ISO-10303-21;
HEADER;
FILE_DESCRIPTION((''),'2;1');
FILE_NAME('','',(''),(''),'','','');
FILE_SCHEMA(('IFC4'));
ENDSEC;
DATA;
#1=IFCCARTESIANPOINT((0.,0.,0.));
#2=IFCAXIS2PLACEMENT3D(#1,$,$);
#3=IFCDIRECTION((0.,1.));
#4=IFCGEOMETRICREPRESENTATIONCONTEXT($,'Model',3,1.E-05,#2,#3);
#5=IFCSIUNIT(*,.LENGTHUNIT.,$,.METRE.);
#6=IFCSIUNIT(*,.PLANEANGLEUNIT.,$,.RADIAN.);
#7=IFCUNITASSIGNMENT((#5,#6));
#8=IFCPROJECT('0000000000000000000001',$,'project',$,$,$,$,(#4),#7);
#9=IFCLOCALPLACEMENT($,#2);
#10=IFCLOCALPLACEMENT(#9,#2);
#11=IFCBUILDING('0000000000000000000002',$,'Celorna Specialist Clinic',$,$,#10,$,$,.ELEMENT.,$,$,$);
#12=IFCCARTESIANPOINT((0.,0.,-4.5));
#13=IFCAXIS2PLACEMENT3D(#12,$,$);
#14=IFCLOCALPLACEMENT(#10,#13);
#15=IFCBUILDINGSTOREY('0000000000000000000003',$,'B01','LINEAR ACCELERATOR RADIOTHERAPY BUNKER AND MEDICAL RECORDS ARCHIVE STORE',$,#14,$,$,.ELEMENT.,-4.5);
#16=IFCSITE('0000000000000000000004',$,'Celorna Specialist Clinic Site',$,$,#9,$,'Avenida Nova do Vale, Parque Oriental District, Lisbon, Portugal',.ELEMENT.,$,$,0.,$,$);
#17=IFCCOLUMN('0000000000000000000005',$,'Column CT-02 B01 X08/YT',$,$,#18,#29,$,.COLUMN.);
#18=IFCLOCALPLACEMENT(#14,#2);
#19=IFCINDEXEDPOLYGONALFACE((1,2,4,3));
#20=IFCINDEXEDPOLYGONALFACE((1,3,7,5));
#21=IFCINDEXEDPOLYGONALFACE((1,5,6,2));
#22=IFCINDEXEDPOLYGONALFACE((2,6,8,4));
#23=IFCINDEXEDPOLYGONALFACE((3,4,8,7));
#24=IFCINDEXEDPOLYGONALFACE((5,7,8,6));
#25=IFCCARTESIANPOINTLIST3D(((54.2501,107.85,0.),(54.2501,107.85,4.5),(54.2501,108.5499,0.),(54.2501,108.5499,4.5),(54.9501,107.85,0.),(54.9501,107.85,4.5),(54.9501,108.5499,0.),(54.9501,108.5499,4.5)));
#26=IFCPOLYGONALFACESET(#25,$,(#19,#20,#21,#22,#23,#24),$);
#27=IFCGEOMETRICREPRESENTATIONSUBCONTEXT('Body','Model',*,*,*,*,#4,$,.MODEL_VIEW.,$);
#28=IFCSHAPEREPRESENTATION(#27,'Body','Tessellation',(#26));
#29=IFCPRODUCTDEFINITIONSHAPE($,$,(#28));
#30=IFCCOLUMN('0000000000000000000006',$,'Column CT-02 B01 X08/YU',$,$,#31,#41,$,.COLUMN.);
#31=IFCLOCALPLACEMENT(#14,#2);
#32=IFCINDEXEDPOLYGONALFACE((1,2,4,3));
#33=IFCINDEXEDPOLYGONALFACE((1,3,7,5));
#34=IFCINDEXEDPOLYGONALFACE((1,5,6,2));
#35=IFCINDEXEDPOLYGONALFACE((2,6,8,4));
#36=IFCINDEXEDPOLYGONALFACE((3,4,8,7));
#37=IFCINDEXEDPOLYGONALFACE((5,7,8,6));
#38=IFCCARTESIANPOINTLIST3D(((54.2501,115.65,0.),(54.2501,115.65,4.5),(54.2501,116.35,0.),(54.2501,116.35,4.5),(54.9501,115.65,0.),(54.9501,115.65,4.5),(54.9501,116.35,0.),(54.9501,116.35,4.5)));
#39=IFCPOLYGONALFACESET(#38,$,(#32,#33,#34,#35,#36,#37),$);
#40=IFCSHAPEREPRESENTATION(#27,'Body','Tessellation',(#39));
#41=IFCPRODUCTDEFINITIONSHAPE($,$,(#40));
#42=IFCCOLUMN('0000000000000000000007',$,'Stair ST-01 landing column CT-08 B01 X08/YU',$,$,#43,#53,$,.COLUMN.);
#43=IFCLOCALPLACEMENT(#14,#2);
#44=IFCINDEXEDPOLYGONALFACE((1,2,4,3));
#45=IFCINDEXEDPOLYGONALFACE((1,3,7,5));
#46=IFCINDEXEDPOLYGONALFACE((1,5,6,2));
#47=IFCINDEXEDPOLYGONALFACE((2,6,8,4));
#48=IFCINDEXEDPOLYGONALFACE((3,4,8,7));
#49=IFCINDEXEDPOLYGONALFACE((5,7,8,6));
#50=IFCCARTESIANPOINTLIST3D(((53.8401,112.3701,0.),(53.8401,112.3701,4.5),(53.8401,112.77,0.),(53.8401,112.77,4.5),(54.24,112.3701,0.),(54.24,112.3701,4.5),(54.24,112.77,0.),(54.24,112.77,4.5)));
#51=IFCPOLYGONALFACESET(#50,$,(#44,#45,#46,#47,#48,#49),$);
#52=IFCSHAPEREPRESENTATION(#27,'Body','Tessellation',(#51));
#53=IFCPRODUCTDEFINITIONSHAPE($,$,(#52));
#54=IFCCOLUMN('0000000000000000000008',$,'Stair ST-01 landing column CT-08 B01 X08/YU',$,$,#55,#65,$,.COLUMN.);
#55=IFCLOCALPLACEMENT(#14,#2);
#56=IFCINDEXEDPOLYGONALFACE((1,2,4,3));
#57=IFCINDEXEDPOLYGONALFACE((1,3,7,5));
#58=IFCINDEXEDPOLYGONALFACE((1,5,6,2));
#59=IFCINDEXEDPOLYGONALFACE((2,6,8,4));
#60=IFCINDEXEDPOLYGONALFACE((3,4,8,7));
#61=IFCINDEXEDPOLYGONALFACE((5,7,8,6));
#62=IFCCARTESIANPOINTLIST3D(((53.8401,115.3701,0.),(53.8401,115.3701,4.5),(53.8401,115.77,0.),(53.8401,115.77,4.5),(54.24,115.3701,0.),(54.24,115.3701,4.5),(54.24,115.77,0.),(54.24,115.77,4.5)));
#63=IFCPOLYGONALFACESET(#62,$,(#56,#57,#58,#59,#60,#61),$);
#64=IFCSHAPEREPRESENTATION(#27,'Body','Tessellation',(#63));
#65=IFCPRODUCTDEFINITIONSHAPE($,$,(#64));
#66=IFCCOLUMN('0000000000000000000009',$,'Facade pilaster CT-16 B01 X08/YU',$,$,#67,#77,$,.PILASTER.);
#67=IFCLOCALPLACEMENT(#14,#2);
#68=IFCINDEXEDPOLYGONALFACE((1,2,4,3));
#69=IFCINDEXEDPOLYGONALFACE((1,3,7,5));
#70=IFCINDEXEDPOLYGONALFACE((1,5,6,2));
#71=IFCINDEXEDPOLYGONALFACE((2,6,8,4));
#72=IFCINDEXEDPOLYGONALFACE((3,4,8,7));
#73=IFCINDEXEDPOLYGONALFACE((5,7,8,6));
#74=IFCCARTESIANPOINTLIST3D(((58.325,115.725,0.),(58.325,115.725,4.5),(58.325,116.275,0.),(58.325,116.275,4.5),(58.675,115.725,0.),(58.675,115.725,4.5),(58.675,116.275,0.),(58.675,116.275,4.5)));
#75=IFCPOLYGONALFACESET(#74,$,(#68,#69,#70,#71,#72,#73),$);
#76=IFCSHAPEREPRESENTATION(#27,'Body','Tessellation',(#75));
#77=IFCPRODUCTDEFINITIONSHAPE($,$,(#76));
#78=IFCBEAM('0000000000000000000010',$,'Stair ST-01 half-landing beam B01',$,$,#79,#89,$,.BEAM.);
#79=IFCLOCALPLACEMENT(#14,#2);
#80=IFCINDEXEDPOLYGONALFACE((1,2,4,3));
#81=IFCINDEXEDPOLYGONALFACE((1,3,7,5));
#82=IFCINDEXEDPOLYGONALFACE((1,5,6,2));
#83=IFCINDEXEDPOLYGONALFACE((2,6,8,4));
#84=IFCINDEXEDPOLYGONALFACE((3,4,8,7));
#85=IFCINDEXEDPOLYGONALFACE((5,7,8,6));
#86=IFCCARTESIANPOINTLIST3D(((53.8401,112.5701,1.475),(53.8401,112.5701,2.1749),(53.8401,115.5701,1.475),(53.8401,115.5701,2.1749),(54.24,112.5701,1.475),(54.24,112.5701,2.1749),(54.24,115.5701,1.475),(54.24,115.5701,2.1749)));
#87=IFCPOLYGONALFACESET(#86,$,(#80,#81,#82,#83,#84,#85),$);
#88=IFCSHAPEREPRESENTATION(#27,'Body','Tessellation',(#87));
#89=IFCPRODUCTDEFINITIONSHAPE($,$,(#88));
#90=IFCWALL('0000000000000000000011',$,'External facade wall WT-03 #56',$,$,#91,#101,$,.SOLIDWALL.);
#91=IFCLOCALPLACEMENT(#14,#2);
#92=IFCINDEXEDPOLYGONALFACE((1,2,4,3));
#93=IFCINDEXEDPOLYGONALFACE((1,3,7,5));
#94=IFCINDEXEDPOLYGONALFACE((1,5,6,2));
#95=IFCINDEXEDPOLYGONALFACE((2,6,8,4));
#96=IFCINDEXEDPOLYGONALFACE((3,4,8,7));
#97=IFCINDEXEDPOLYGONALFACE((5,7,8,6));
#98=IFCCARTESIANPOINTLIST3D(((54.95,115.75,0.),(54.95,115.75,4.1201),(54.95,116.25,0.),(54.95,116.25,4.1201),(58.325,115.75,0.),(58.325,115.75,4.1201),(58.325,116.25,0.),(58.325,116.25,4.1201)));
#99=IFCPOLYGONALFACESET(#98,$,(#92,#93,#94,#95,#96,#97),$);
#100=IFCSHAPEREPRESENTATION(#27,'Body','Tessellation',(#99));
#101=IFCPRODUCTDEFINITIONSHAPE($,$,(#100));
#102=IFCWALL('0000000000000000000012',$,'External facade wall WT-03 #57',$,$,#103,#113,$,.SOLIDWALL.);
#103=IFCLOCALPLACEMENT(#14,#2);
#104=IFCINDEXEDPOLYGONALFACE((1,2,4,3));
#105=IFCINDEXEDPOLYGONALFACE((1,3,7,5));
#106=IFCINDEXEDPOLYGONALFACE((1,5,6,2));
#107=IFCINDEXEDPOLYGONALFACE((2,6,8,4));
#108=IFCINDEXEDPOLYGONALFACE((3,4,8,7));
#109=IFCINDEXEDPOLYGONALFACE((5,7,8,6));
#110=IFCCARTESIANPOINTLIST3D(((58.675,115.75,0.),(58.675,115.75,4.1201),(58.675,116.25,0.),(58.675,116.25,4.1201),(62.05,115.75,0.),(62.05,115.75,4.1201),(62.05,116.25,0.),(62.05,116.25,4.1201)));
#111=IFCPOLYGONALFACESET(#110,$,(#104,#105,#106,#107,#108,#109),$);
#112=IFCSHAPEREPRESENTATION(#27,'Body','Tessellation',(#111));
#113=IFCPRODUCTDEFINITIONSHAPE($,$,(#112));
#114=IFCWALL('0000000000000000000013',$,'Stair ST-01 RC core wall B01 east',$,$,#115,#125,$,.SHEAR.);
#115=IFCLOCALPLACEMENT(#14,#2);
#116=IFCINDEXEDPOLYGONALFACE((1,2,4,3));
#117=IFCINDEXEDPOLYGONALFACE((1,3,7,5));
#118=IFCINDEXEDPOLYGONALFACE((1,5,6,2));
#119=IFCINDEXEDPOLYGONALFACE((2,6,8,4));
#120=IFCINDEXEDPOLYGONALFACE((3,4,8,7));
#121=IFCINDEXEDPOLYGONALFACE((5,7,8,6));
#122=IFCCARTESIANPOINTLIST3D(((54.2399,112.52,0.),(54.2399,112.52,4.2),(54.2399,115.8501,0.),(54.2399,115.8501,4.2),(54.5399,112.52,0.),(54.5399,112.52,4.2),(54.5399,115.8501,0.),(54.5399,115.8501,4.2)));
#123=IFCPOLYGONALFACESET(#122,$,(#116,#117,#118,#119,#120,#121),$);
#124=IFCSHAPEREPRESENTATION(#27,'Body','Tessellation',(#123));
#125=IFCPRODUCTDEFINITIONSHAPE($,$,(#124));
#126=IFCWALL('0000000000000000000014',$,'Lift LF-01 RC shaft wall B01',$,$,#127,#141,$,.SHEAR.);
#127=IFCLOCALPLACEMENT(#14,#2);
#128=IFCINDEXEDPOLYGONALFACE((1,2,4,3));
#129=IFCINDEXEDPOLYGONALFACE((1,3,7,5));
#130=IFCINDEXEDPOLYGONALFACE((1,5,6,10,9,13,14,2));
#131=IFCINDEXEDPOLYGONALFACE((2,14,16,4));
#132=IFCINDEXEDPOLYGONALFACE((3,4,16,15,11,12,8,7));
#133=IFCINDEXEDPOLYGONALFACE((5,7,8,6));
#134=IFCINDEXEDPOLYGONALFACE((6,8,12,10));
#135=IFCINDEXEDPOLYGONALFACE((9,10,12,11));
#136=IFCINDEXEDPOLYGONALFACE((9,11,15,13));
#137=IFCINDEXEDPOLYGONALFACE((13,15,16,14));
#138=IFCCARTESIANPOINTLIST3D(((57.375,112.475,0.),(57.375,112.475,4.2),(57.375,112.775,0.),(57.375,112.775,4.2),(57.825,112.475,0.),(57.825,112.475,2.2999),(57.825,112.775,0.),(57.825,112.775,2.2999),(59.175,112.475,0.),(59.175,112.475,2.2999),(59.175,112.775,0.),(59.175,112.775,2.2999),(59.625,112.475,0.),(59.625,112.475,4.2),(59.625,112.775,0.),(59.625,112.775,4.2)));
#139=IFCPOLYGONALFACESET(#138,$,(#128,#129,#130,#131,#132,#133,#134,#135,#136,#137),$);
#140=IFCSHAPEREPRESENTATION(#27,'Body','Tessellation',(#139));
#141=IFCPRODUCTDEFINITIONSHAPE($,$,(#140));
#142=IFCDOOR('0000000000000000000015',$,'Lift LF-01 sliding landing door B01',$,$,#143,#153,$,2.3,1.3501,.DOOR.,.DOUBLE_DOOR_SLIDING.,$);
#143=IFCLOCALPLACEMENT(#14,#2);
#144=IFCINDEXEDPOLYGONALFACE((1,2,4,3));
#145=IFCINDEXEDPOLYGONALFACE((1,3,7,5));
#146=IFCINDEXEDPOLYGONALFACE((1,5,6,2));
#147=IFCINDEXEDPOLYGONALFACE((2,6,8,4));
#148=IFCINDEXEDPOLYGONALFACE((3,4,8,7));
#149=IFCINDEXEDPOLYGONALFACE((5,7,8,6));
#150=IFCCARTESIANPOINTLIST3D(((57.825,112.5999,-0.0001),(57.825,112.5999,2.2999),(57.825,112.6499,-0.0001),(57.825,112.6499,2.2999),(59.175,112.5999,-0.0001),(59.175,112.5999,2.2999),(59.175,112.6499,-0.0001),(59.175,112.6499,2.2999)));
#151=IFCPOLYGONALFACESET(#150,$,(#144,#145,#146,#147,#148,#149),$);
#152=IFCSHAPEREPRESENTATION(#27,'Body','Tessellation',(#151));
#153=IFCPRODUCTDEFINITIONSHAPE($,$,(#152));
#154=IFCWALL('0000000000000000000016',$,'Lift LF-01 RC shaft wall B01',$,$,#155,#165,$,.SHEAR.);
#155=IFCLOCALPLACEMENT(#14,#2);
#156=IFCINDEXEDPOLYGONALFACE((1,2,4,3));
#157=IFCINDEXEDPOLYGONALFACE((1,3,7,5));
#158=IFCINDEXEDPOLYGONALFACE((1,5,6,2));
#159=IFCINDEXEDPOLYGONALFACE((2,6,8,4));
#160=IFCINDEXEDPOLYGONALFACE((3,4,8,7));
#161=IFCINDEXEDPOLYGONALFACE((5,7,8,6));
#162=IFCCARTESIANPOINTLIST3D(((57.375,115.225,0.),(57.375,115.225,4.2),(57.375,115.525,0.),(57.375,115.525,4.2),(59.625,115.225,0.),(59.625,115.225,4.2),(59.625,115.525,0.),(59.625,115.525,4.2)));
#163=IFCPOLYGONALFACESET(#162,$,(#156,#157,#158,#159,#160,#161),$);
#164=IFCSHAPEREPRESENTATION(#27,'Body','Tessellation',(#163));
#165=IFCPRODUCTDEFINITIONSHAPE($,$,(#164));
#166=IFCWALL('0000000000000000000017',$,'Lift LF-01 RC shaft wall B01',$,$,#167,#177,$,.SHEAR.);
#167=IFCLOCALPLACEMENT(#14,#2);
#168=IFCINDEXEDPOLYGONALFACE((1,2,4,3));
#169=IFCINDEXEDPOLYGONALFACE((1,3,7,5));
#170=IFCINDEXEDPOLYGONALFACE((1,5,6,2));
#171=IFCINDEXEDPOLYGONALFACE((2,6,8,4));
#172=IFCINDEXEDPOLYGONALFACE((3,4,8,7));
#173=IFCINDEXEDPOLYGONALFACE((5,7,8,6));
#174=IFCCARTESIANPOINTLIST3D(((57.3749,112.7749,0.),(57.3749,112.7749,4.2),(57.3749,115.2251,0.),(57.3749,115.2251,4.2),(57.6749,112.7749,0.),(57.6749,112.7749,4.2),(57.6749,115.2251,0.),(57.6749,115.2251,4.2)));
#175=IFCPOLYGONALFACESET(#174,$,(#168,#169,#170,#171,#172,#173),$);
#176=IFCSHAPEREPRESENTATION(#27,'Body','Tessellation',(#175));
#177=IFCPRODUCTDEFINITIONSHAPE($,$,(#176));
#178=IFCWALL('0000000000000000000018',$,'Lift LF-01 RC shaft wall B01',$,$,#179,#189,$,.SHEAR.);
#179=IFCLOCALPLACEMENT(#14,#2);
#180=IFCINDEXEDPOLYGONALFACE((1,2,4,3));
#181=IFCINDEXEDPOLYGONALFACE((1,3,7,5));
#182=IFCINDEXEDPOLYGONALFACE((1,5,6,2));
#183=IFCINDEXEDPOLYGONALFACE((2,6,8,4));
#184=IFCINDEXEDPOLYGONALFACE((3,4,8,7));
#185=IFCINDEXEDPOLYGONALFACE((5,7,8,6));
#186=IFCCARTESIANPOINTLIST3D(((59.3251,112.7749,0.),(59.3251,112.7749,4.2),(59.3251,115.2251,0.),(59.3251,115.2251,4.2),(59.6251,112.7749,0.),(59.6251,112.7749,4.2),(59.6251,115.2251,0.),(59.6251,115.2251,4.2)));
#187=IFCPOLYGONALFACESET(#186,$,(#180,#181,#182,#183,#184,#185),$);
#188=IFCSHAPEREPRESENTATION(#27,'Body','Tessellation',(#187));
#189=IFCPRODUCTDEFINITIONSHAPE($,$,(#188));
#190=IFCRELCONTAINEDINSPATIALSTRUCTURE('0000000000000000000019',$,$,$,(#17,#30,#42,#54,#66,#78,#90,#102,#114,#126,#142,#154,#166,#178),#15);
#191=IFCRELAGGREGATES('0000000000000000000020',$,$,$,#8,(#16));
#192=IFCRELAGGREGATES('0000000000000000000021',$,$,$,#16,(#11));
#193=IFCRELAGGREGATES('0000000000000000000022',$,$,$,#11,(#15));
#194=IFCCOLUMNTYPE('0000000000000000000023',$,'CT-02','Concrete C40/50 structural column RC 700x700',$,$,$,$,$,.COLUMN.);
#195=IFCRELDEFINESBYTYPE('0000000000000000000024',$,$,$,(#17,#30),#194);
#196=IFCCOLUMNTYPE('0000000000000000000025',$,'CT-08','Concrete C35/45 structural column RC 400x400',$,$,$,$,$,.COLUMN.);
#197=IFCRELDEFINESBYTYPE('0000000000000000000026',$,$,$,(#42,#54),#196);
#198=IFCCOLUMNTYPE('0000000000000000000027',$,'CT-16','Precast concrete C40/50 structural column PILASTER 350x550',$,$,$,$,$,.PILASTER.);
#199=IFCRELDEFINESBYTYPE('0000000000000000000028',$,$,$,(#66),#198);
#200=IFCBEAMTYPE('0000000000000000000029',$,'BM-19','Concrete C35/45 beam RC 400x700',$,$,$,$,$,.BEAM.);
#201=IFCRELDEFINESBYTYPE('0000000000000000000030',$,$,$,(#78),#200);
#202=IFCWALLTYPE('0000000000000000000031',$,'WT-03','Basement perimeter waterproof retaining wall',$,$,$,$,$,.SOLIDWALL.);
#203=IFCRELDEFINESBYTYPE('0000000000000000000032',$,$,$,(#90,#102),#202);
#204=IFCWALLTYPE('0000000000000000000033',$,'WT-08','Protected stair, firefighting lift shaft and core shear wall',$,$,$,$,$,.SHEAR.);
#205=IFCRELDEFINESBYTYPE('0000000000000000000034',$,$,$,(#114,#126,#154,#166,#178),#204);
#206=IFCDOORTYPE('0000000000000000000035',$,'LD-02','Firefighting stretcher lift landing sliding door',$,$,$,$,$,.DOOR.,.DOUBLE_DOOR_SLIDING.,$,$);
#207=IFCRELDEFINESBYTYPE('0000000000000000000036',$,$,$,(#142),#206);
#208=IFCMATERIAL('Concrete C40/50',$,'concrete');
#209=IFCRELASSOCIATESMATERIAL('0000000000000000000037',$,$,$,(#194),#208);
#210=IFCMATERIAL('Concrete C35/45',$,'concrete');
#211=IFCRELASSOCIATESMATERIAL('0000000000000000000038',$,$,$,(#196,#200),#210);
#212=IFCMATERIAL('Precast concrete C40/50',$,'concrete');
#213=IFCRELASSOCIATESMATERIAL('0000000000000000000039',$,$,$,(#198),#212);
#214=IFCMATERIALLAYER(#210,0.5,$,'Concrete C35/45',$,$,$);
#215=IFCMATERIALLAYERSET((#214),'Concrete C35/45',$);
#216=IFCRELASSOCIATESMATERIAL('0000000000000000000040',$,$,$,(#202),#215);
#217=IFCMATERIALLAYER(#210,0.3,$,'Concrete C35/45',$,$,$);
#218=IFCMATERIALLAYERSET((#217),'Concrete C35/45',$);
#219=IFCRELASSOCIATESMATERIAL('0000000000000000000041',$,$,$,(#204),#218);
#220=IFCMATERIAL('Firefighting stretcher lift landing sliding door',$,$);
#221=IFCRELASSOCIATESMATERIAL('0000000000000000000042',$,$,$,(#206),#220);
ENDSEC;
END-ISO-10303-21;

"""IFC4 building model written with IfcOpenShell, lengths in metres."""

from ifc_helpers import new_model, si_unit, direction, frame, frame_2d, origin, origin_2d, place, context, subcontext, project, spatial, rectangle, extrude, material, layer, layer_set, material_profile, profile_set, type_object, element, fill, save


model = new_model("IFC4")

# Units and contexts
model_context = context("Model", 3, precision=1e-05, world=origin(), true_north=direction((0.0, 1.0)))
body_context = subcontext(model_context, "Body", "Model", "MODEL_VIEW")
ifc_project = project(units=[si_unit("LENGTHUNIT", "METRE"), si_unit("PLANEANGLEUNIT", "RADIAN")], contexts=[model_context])

# Site, building, storey
site_placement = place(None, origin())
site = spatial("IfcSite", under=ifc_project, at=site_placement, Name="Celorna Specialist Clinic Site", LongName="Avenida Nova do Vale, Parque Oriental District, Lisbon, Portugal", CompositionType="ELEMENT", RefElevation=0.0)
building_placement = place(site_placement, origin())
building = spatial("IfcBuilding", under=site, at=building_placement, Name="Celorna Specialist Clinic", CompositionType="ELEMENT")
storey_placement = place(building_placement, frame((0.0, 0.0, -4.5)))
storey = spatial("IfcBuildingStorey", under=building, at=storey_placement, Name="B01", Description="LINEAR ACCELERATOR RADIOTHERAPY BUNKER AND MEDICAL RECORDS ARCHIVE STORE", CompositionType="ELEMENT", Elevation=-4.5)

# Shared definitions
ifc_material_1 = material(Name="Concrete C35/45", Category="concrete")

# Columns
ifc_material_2 = material(Name="Concrete C40/50", Category="concrete")
ifc_material_profile_1 = material_profile(ifc_material_2, rectangle(XDim=0.7, YDim=0.7, at=origin_2d()), Name="RC 700x700")
ifc_profile_set_1 = profile_set([ifc_material_profile_1], Name="Concrete C40/50")
column_type_1 = type_object("IfcColumnType", Name="CT-02", Description="Concrete C40/50 structural column RC 700x700", PredefinedType="COLUMN", material=ifc_profile_set_1)
for number, where, z_axis, x_axis, name in (
    (1, (54.6001, 108.2, 0.0), (0.0, 0.0, 1.0), (1.0, 0.0, 0.0), "Column CT-02 B01 X08/YT"),
    (2, (54.6001, 116.0, 0.0), (0.0, 0.0, 1.0), (1.0, 0.0, 0.0), "Column CT-02 B01 X08/YU"),
):
    element("IfcColumn", number, at=place(storey_placement, frame(where, z_axis=z_axis, x_axis=x_axis)), inside=storey, type_object=column_type_1, Name=name, PredefinedType="COLUMN", context=body_context, shape_type="SweptSolid", body=[
        extrude(rectangle(XDim=0.7, YDim=0.7, at=origin_2d()), origin(), (0.0, 0.0, 1.0), 4.5),
    ])
ifc_material_profile_2 = material_profile(ifc_material_1, rectangle(XDim=0.3999, YDim=0.3999, at=origin_2d()), Name="RC 400x400")
ifc_profile_set_2 = profile_set([ifc_material_profile_2], Name="Concrete C35/45")
column_type_2 = type_object("IfcColumnType", Name="CT-08", Description="Concrete C35/45 structural column RC 400x400", PredefinedType="COLUMN", material=ifc_profile_set_2)
for number, where, z_axis, x_axis, name in (
    (3, (54.04, 112.5701, 0.0), (0.0, 0.0, 1.0), (1.0, 0.0, 0.0), "Stair ST-01 landing column CT-08 B01 X08/YU"),
    (4, (54.04, 115.5701, 0.0), (0.0, 0.0, 1.0), (1.0, 0.0, 0.0), "Stair ST-01 landing column CT-08 B01 X08/YU"),
):
    element("IfcColumn", number, at=place(storey_placement, frame(where, z_axis=z_axis, x_axis=x_axis)), inside=storey, type_object=column_type_2, Name=name, PredefinedType="COLUMN", context=body_context, shape_type="SweptSolid", body=[
        extrude(rectangle(XDim=0.3999, YDim=0.3999, at=origin_2d()), origin(), (0.0, 0.0, 1.0), 4.5),
    ])
ifc_material_3 = material(Name="Precast concrete C40/50", Category="concrete")
ifc_material_profile_3 = material_profile(ifc_material_3, rectangle(XDim=0.3501, YDim=0.55, at=origin_2d()), Name="PILASTER 350x550")
ifc_profile_set_3 = profile_set([ifc_material_profile_3], Name="Precast concrete C40/50")
column_type_3 = type_object("IfcColumnType", Name="CT-16", Description="Precast concrete C40/50 structural column PILASTER 350x550", PredefinedType="PILASTER", material=ifc_profile_set_3)
column_placement = place(storey_placement, frame((58.5, 116.0, 0.0), z_axis=(0.0, 0.0, 1.0), x_axis=(1.0, 0.0, 0.0)))
element("IfcColumn", 5, at=column_placement, inside=storey, type_object=column_type_3, Name="Facade pilaster CT-16 B01 X08/YU", PredefinedType="PILASTER", context=body_context, shape_type="SweptSolid", body=[
    extrude(rectangle(XDim=0.3501, YDim=0.55, at=origin_2d()), origin(), (0.0, 0.0, 1.0), 4.5),
])

# Beam
ifc_material_profile_4 = material_profile(ifc_material_1, rectangle(XDim=0.3999, YDim=0.7, at=origin_2d()), Name="RC 400x700")
ifc_profile_set_4 = profile_set([ifc_material_profile_4], Name="Concrete C35/45")
beam_type = type_object("IfcBeamType", Name="BM-19", Description="Concrete C35/45 beam RC 400x700", PredefinedType="BEAM", material=ifc_profile_set_4)
beam_placement = place(storey_placement, frame((54.04, 112.5701, 1.825), z_axis=(0.0, 1.0, 0.0), x_axis=(-1.0, 0.0, 0.0)))
element("IfcBeam", 6, at=beam_placement, inside=storey, type_object=beam_type, Name="Stair ST-01 half-landing beam B01", PredefinedType="BEAM", context=body_context, shape_type="SweptSolid", body=[
    extrude(rectangle(XDim=0.3999, YDim=0.7, at=origin_2d()), origin(), (0.0, 0.0, 1.0), 3.0),
])

# Walls
ifc_layer_1 = layer(ifc_material_1, 0.5, Name="Concrete C35/45")
ifc_layer_set_1 = layer_set([ifc_layer_1], Name="Concrete C35/45")
wall_type_1 = type_object("IfcWallType", Name="WT-03", Description="Basement perimeter waterproof retaining wall", PredefinedType="SOLIDWALL", material=ifc_layer_set_1)
for number, where, z_axis, x_axis, name in (
    (7, (54.95, 116.0, 0.0), (0.0, 0.0, 1.0), (1.0, 0.0, 0.0), "External facade wall WT-03 #56"),
    (8, (58.675, 116.0, 0.0), (0.0, 0.0, 1.0), (1.0, 0.0, 0.0), "External facade wall WT-03 #57"),
):
    element("IfcWall", number, at=place(storey_placement, frame(where, z_axis=z_axis, x_axis=x_axis)), inside=storey, type_object=wall_type_1, Name=name, PredefinedType="SOLIDWALL", context=body_context, shape_type="SweptSolid", body=[
        extrude(rectangle(XDim=3.375, YDim=0.5, at=frame_2d((1.6875, 0.0))), origin(), (0.0, 0.0, 1.0), 4.1201),
    ])
ifc_layer_2 = layer(ifc_material_1, 0.3, Name="Concrete C35/45")
ifc_layer_set_2 = layer_set([ifc_layer_2], Name="Concrete C35/45")
wall_type_2 = type_object("IfcWallType", Name="WT-08", Description="Protected stair, firefighting lift shaft and core shear wall", PredefinedType="SHEAR", material=ifc_layer_set_2)
wall_1_placement = place(storey_placement, frame((54.3899, 112.52, 0.0), z_axis=(0.0, 0.0, 1.0), x_axis=(0.0, 1.0, 0.0)))
element("IfcWall", 9, at=wall_1_placement, inside=storey, type_object=wall_type_2, Name="Stair ST-01 RC core wall B01 east", PredefinedType="SHEAR", context=body_context, shape_type="SweptSolid", body=[
    extrude(rectangle(XDim=3.3301, YDim=0.3, at=frame_2d((1.665, 0.0))), origin(), (0.0, 0.0, 1.0), 4.2),
])

# Wall, opening, door
wall_2_placement = place(storey_placement, frame((57.375, 112.625, 0.0), z_axis=(0.0, 0.0, 1.0), x_axis=(1.0, 0.0, 0.0)))
wall_2 = element("IfcWall", 10, at=wall_2_placement, inside=storey, type_object=wall_type_2, Name="Lift LF-01 RC shaft wall B01", PredefinedType="SHEAR", context=body_context, shape_type="SweptSolid", body=[
    extrude(rectangle(XDim=2.25, YDim=0.3, at=frame_2d((1.125, 0.0))), origin(), (0.0, 0.0, 1.0), 4.2),
])
opening_1_placement = place(wall_2_placement, frame((0.45, 0.0, 0.0)))
opening_1 = element("IfcOpeningElement", 11, at=opening_1_placement, cuts=wall_2, PredefinedType="OPENING", context=body_context, shape_type="SweptSolid", body=[
    extrude(rectangle(XDim=1.3501, YDim=2.3, at=frame_2d((0.675, 1.1499))), frame((0.0, 0.1599, 0.0), z_axis=(0.0, -1.0, 0.0), x_axis=(1.0, 0.0, 0.0)), (0.0, 0.0, 1.0), 0.3201),
])
ifc_material_4 = material(Name="Firefighting stretcher lift landing sliding door")
door_type_1 = type_object("IfcDoorType", Name="LD-02", Description="Firefighting stretcher lift landing sliding door", OperationType="DOUBLE_DOOR_SLIDING", PredefinedType="DOOR", material=ifc_material_4)
door_1_placement = place(opening_1_placement, origin())
door_1 = element("IfcDoor", 12, at=door_1_placement, inside=storey, type_object=door_type_1, Name="Lift LF-01 sliding landing door B01", OperationType="DOUBLE_DOOR_SLIDING", OverallHeight=2.3, OverallWidth=1.3501, PredefinedType="DOOR", context=body_context, shape_type="SweptSolid", body=[
    extrude(rectangle(XDim=1.3501, YDim=2.3, at=frame_2d((0.675, 1.1499))), frame((0.0, 0.0249, 0.0), z_axis=(0.0, -1.0, 0.0), x_axis=(1.0, 0.0, 0.0)), (0.0, 0.0, 1.0), 0.05),
])
fill(opening_1, door_1)

# Walls
wall_3_placement = place(storey_placement, frame((59.625, 115.375, 0.0), z_axis=(0.0, 0.0, 1.0), x_axis=(-1.0, 0.0, 0.0)))
element("IfcWall", 13, at=wall_3_placement, inside=storey, type_object=wall_type_2, Name="Lift LF-01 RC shaft wall B01", PredefinedType="SHEAR", context=body_context, shape_type="SweptSolid", body=[
    extrude(rectangle(XDim=2.25, YDim=0.3, at=frame_2d((1.125, 0.0))), origin(), (0.0, 0.0, 1.0), 4.2),
])
for number, where, z_axis, x_axis, name in (
    (14, (57.5249, 115.2251, 0.0), (0.0, 0.0, 1.0), (0.0, -1.0, 0.0), "Lift LF-01 RC shaft wall B01"),
    (15, (59.4751, 112.7749, 0.0), (0.0, 0.0, 1.0), (0.0, 1.0, 0.0), "Lift LF-01 RC shaft wall B01"),
):
    element("IfcWall", number, at=place(storey_placement, frame(where, z_axis=z_axis, x_axis=x_axis)), inside=storey, type_object=wall_type_2, Name=name, PredefinedType="SHEAR", context=body_context, shape_type="SweptSolid", body=[
        extrude(rectangle(XDim=2.4502, YDim=0.3, at=frame_2d((1.2251, 0.0))), origin(), (0.0, 0.0, 1.0), 4.2),
    ])

save(model, "model.ifc")
